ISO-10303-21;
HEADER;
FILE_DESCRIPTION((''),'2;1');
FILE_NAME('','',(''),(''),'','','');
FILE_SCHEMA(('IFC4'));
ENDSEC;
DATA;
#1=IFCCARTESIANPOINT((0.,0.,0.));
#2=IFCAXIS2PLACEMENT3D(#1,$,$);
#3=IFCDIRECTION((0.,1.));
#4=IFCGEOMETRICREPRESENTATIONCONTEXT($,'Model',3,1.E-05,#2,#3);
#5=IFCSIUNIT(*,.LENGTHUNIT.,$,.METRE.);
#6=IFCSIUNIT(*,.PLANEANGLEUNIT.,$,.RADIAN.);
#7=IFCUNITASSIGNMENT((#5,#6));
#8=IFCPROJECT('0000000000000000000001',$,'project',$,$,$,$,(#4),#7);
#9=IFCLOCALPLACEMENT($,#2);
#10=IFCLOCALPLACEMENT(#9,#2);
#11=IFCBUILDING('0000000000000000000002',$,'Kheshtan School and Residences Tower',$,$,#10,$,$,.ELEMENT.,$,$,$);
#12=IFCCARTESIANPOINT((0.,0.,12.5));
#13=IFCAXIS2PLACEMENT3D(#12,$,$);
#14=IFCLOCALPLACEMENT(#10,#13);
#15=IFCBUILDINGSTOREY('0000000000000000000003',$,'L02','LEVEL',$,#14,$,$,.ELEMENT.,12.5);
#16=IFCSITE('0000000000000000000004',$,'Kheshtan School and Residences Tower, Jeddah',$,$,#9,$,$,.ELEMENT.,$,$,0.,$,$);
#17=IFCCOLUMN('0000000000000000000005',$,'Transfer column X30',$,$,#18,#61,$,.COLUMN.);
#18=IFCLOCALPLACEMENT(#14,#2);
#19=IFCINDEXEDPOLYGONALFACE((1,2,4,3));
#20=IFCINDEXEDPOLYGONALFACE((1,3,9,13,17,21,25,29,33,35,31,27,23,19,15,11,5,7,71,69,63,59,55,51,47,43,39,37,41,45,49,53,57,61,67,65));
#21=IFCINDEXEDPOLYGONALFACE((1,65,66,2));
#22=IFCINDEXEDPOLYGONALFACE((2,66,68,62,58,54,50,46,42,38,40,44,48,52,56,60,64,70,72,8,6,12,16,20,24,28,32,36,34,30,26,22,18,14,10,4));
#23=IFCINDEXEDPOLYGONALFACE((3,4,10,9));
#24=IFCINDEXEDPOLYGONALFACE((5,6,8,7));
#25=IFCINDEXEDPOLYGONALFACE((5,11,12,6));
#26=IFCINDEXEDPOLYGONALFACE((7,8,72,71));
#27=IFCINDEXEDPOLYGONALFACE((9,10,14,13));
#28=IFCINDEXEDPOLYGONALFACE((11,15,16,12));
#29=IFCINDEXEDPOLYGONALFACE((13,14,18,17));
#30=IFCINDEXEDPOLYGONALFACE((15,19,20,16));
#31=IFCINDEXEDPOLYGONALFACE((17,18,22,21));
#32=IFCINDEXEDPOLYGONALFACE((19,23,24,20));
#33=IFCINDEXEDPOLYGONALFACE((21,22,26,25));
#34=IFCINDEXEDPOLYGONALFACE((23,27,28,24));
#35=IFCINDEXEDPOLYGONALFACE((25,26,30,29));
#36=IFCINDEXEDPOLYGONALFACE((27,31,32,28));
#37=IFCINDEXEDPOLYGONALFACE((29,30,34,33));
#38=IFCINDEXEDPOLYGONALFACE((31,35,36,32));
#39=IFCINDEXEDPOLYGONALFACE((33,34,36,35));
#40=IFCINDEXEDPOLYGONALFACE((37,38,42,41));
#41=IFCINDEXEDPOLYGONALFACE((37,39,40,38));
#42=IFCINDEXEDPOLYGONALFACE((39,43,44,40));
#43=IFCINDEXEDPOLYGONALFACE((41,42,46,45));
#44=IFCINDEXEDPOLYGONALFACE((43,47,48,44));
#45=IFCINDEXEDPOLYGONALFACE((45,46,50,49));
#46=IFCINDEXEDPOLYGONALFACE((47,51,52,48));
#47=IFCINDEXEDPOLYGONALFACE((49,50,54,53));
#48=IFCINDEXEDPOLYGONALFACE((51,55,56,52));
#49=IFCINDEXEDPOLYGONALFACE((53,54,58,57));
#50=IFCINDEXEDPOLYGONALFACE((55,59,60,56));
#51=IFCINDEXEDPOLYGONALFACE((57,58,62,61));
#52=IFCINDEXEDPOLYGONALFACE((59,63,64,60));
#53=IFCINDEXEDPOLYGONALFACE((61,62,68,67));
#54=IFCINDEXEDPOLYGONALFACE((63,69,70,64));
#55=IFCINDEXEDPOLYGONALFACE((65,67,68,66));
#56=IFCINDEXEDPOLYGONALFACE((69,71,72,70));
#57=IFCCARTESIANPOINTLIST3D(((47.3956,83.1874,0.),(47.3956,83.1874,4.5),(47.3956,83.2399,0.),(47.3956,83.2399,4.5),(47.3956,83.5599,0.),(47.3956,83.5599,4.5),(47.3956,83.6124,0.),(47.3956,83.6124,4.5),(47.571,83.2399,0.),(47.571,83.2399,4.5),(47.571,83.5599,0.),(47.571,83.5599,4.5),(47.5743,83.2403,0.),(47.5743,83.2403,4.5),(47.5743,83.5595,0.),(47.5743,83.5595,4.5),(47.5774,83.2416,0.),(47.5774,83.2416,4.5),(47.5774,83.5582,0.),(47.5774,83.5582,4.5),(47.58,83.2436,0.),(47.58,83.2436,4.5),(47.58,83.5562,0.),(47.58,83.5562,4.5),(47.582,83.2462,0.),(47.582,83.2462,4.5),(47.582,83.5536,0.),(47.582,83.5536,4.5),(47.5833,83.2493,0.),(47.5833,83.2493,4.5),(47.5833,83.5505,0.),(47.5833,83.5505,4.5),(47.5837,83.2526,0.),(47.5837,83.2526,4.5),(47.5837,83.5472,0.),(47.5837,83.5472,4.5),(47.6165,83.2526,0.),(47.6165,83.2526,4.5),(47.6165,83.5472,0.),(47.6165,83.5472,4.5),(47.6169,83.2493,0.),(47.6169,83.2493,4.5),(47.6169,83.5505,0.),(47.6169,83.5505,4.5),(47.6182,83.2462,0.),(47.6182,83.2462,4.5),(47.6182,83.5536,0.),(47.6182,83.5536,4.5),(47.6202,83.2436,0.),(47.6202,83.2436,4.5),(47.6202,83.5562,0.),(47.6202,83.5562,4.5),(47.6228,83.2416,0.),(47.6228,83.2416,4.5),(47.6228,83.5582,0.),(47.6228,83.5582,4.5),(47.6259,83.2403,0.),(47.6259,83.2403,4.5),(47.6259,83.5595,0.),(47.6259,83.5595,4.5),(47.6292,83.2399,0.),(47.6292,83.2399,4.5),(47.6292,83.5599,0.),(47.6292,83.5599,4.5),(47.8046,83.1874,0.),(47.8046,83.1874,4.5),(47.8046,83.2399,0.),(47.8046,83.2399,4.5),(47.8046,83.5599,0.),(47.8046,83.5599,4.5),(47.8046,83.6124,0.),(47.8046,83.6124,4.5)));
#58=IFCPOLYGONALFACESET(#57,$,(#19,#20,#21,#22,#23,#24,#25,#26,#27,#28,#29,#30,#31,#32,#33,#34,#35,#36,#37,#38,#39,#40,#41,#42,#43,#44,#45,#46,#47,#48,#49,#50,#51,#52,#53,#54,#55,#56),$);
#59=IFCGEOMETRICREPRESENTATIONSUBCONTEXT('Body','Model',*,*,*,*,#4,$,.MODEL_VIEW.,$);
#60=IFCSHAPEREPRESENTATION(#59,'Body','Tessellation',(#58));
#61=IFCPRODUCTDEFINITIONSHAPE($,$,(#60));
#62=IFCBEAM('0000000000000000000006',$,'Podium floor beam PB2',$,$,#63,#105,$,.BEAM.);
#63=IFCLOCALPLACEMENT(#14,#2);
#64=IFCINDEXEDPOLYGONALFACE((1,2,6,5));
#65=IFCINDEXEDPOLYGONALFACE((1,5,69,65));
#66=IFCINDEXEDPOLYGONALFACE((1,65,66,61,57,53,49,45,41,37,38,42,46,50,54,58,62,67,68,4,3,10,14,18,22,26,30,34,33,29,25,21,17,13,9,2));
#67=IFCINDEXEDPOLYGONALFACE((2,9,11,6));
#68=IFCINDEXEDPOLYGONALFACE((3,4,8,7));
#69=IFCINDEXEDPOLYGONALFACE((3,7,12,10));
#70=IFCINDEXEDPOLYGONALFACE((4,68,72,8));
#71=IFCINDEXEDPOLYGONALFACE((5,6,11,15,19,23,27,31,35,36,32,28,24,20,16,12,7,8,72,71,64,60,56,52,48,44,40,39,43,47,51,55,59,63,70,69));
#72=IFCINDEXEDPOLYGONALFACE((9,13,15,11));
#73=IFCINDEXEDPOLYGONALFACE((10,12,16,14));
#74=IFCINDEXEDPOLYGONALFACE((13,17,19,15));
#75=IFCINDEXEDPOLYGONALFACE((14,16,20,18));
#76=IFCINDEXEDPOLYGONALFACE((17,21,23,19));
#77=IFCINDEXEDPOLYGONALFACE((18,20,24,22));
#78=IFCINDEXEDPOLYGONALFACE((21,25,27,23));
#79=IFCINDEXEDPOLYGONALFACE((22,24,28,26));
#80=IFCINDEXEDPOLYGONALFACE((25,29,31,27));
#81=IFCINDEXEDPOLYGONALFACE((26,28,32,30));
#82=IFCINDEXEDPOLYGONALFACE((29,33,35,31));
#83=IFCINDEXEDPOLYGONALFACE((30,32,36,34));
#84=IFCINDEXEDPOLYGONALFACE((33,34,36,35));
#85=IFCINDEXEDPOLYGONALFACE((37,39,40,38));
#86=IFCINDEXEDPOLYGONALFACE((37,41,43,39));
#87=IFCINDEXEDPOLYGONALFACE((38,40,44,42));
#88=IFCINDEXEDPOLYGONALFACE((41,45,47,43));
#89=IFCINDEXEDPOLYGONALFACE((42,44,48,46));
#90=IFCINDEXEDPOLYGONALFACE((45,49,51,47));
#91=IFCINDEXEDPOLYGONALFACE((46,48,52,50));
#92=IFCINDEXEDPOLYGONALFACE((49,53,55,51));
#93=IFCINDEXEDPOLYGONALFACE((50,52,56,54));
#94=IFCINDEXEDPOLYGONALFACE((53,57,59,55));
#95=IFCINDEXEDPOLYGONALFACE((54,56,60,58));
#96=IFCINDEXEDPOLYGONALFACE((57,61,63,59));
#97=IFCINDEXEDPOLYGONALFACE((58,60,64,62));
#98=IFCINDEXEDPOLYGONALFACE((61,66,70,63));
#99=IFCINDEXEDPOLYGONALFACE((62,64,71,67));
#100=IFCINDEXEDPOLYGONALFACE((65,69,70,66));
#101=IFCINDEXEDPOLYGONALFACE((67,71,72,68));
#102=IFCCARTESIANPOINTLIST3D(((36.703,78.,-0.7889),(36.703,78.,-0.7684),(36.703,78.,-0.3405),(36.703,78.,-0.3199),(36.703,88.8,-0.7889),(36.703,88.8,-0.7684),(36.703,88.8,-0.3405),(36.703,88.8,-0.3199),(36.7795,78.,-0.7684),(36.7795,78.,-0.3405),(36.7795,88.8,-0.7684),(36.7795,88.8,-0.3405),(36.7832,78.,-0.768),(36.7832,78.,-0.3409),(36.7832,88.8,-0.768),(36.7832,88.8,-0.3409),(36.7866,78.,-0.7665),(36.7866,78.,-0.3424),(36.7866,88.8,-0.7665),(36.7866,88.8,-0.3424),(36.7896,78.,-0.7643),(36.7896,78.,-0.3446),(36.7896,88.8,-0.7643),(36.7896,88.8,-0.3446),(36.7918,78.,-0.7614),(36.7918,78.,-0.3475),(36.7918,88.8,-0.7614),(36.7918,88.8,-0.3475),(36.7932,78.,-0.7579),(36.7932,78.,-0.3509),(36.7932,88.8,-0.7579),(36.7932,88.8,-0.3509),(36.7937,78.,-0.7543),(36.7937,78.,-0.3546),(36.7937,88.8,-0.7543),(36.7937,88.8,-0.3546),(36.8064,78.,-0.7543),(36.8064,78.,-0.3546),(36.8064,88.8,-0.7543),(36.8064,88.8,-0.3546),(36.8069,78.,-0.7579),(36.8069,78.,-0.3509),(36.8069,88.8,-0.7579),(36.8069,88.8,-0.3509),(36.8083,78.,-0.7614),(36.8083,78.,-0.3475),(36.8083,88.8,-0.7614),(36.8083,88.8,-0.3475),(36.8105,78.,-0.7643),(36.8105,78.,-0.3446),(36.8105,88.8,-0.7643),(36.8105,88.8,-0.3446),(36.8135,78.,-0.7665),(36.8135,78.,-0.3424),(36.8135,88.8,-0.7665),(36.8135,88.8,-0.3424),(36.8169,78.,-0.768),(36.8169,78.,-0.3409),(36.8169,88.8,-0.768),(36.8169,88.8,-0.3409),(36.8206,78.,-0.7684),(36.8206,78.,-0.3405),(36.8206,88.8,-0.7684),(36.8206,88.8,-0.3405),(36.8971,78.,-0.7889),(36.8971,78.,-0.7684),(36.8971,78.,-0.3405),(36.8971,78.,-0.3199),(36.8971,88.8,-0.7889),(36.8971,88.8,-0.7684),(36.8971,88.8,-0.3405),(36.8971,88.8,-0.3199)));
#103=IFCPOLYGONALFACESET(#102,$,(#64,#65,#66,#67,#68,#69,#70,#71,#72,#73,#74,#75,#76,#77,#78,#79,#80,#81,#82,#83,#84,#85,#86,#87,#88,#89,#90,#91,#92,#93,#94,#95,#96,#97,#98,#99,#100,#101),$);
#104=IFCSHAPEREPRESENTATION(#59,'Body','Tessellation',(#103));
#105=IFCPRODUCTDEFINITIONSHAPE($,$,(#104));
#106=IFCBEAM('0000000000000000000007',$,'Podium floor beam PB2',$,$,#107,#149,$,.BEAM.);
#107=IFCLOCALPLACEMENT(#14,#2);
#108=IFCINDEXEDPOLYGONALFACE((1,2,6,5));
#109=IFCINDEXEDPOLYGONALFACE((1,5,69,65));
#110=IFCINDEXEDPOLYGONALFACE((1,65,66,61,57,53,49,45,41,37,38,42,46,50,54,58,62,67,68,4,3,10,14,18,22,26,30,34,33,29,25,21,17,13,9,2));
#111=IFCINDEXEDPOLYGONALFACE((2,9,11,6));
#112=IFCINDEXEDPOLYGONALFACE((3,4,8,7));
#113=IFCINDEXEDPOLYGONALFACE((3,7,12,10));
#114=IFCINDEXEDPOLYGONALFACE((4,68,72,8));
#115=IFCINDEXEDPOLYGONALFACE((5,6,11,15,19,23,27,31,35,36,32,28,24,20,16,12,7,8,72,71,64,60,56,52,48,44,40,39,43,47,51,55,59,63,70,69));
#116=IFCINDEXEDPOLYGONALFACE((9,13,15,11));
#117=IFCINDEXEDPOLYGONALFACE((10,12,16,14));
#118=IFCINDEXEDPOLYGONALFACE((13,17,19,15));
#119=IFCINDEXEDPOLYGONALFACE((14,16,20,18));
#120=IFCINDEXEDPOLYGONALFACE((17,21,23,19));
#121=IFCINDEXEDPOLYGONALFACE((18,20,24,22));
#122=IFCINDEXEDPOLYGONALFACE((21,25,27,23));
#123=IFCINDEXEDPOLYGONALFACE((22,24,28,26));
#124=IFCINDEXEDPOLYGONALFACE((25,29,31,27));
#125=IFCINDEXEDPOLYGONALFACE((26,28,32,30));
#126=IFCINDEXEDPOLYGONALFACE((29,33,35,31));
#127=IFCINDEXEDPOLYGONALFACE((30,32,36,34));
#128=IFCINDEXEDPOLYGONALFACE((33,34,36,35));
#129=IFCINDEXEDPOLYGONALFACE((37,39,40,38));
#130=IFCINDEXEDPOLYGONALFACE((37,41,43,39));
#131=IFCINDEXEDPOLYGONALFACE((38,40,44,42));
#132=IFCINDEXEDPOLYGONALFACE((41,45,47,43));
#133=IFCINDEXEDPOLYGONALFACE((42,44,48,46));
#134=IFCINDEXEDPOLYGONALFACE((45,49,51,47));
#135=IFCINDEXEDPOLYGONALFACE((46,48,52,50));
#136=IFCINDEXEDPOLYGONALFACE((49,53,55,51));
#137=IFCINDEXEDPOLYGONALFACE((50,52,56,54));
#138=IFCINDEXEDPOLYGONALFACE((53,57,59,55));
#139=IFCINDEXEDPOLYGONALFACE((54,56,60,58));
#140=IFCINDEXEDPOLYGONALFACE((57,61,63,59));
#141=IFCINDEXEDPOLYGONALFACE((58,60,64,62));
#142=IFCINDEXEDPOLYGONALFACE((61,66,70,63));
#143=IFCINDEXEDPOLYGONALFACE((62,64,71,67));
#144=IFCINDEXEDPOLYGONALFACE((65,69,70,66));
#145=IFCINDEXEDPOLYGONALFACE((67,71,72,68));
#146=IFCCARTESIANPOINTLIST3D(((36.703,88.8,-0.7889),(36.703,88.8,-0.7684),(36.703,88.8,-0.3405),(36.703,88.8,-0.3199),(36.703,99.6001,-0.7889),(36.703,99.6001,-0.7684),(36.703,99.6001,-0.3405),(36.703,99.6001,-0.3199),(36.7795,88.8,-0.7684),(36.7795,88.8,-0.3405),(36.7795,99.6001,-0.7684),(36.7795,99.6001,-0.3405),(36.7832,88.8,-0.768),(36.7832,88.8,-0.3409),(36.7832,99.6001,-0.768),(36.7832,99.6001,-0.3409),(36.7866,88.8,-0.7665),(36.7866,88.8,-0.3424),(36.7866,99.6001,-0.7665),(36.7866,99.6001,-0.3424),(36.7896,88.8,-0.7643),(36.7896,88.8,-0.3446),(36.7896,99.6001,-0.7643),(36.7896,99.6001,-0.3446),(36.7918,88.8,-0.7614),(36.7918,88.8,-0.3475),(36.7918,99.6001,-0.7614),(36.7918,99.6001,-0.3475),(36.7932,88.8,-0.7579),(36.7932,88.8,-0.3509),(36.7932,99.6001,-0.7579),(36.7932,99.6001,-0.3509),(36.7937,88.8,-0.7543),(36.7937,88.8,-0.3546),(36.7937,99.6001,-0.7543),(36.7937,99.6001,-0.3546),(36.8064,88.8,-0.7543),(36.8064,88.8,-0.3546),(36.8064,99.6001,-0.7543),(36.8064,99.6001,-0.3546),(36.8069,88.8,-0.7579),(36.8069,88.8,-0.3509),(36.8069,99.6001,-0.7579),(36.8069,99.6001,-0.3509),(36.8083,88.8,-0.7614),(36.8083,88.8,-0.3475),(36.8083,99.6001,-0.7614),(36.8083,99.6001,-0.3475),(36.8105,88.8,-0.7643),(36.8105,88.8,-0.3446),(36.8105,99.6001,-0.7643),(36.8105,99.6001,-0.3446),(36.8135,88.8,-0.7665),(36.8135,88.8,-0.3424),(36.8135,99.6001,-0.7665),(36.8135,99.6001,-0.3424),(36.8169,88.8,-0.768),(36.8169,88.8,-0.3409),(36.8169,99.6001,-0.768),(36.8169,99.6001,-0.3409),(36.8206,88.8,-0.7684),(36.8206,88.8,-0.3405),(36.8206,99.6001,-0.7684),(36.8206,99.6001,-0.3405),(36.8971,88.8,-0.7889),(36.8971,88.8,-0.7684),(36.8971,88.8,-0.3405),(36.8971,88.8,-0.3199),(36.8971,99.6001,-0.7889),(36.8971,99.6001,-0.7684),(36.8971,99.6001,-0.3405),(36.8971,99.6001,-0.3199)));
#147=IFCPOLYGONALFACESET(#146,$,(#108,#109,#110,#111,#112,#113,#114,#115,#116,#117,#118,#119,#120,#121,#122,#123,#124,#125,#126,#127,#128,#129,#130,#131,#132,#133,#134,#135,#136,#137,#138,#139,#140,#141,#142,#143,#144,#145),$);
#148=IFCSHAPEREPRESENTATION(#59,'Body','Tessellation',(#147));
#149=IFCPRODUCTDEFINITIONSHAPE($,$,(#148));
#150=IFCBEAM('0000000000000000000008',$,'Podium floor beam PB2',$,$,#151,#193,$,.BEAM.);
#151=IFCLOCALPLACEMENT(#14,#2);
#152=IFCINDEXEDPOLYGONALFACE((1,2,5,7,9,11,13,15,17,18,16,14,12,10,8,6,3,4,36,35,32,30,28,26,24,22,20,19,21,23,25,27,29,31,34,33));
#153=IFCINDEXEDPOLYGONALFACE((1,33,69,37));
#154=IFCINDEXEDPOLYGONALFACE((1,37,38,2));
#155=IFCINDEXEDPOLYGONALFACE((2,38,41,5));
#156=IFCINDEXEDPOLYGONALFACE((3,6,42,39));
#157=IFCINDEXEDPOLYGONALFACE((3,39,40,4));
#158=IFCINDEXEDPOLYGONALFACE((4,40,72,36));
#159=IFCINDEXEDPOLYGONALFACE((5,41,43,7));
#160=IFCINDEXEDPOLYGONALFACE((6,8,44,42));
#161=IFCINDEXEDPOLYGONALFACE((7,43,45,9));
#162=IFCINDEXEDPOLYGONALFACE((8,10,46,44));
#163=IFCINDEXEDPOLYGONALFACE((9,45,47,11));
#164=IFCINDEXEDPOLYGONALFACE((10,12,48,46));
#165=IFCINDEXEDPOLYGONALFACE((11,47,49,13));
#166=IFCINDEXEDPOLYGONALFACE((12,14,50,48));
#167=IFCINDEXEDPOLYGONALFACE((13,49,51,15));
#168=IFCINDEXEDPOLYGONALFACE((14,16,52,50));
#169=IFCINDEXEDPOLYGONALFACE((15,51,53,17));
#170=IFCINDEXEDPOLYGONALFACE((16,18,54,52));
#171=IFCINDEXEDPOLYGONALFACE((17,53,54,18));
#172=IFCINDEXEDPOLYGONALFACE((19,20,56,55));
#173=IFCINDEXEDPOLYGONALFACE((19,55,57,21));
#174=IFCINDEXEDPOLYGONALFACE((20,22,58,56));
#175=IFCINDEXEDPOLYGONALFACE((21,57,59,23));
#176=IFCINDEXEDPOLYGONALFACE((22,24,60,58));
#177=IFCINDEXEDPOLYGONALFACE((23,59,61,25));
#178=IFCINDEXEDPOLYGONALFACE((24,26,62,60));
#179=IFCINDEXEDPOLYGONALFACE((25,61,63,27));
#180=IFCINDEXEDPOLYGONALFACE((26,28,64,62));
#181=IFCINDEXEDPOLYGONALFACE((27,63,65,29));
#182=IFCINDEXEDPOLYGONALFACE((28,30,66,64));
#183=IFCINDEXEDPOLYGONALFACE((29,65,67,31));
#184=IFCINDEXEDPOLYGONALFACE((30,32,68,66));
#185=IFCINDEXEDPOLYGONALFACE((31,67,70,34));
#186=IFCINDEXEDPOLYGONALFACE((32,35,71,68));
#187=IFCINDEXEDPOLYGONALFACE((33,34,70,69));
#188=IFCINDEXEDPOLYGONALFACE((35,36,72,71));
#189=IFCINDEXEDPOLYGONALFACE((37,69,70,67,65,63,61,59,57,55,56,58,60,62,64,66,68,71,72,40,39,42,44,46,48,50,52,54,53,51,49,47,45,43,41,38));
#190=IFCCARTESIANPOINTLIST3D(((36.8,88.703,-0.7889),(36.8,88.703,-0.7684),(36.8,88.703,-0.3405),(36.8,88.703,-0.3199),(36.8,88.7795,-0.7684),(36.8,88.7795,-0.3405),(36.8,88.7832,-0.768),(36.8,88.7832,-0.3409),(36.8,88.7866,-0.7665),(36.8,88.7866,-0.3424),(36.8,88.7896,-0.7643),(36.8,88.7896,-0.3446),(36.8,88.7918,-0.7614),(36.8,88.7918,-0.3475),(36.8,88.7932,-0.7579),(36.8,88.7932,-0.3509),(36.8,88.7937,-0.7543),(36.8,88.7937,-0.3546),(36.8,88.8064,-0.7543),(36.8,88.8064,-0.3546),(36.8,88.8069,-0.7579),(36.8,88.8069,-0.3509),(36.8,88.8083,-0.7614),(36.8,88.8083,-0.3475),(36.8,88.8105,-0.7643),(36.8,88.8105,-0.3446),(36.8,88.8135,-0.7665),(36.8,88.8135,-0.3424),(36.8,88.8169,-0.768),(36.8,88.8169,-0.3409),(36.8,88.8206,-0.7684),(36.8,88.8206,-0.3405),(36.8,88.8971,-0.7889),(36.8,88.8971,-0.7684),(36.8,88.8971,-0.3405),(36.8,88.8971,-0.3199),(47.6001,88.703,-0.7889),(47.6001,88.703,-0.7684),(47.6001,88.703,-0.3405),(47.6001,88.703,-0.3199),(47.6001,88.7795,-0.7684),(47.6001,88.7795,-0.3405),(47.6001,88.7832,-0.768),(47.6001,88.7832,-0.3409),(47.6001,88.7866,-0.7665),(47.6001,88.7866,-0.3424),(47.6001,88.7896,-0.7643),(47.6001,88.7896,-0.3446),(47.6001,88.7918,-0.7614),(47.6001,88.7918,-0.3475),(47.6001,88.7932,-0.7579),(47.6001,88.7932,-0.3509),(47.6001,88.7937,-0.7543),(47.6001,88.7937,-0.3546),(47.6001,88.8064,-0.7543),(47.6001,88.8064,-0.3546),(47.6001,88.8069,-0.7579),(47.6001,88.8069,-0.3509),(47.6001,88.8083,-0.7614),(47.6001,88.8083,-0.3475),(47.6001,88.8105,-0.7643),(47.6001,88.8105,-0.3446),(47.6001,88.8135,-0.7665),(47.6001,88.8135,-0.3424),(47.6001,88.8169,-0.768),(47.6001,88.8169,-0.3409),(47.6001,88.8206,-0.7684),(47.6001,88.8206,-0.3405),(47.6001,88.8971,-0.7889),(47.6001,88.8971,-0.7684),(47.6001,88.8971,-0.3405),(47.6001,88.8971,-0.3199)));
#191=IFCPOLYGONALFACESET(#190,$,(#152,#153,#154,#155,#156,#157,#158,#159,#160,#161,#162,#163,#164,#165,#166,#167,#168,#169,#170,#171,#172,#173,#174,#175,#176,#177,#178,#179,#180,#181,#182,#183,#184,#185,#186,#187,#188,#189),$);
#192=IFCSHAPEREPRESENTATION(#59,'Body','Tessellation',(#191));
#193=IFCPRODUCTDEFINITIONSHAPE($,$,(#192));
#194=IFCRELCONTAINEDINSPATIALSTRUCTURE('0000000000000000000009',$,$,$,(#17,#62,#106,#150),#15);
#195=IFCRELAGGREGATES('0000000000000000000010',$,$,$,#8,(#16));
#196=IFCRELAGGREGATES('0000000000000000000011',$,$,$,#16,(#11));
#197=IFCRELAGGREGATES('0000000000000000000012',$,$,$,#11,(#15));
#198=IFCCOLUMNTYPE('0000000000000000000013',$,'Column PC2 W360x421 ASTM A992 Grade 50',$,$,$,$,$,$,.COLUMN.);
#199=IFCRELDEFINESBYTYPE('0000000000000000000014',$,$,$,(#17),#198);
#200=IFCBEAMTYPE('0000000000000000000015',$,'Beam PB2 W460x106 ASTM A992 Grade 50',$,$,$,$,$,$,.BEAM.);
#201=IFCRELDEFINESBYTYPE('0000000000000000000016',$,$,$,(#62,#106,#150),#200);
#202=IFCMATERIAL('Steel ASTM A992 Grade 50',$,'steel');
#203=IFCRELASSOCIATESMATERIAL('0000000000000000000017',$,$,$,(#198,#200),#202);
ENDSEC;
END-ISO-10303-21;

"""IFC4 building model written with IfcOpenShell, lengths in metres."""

from ifc_helpers import new_model, si_unit, direction, frame, origin, origin_2d, place, context, subcontext, project, spatial, i_section, extrude, material, material_profile, profile_set, type_object, element, save


model = new_model("IFC4")

# Units and contexts
model_context = context("Model", 3, precision=1e-05, world=origin(), true_north=direction((0.0, 1.0)))
body_context = subcontext(model_context, "Body", "Model", "MODEL_VIEW")
ifc_project = project(units=[si_unit("LENGTHUNIT", "METRE"), si_unit("PLANEANGLEUNIT", "RADIAN")], contexts=[model_context])

# Site, building, storey
site_placement = place(None, origin())
site = spatial("IfcSite", under=ifc_project, at=site_placement, Name="Kheshtan School and Residences Tower, Jeddah", CompositionType="ELEMENT", RefElevation=0.0)
building_placement = place(site_placement, origin())
building = spatial("IfcBuilding", under=site, at=building_placement, Name="Kheshtan School and Residences Tower", CompositionType="ELEMENT")
storey_placement = place(building_placement, frame((0.0, 0.0, 12.5)))
storey = spatial("IfcBuildingStorey", under=building, at=storey_placement, Name="L02", Description="LEVEL", CompositionType="ELEMENT", Elevation=12.5)

# Column
ifc_material_1 = material(Name="Steel ASTM A992 Grade 50", Category="steel")
ifc_material_profile_1 = material_profile(ifc_material_1, i_section(OverallWidth=0.4089, OverallDepth=0.425, WebThickness=0.0327, FlangeThickness=0.0525, FilletRadius=0.0127, at=origin_2d()), Name="W360x421")
ifc_profile_set_1 = profile_set([ifc_material_profile_1], Name="Steel ASTM A992 Grade 50")
column_type = type_object("IfcColumnType", Name="Column PC2 W360x421 ASTM A992 Grade 50", PredefinedType="COLUMN", material=ifc_profile_set_1)
for number, where, z_axis, x_axis, name in (
    (1, (47.6001, 83.3999, 0.0), (0.0, 0.0, 1.0), (1.0, 0.0, 0.0), "Transfer column X30"),
):
    element("IfcColumn", number, at=place(storey_placement, frame(where, z_axis=z_axis, x_axis=x_axis)), inside=storey, type_object=column_type, Name=name, PredefinedType="COLUMN", context=body_context, shape_type="SweptSolid", body=[
        extrude(i_section(OverallWidth=0.4089, OverallDepth=0.425, WebThickness=0.0327, FlangeThickness=0.0525, FilletRadius=0.0127, at=origin_2d()), origin(), (0.0, 0.0, 1.0), 4.5),
    ])

# Beams
ifc_material_profile_2 = material_profile(ifc_material_1, i_section(OverallWidth=0.1941, OverallDepth=0.469, WebThickness=0.0127, FlangeThickness=0.0205, FilletRadius=0.0142, at=origin_2d()), Name="W460x106")
ifc_profile_set_2 = profile_set([ifc_material_profile_2], Name="Steel ASTM A992 Grade 50")
beam_type = type_object("IfcBeamType", Name="Beam PB2 W460x106 ASTM A992 Grade 50", PredefinedType="BEAM", material=ifc_profile_set_2)
for number, where, z_axis, x_axis, name in (
    (2, (36.8, 78.0, -0.5544), (0.0, 1.0, 0.0), (-1.0, 0.0, 0.0), "Podium floor beam PB2"),
    (3, (36.8, 88.8, -0.5544), (0.0, 1.0, 0.0), (-1.0, 0.0, 0.0), "Podium floor beam PB2"),
    (4, (36.8, 88.8, -0.5544), (1.0, 0.0, 0.0), (0.0, 1.0, 0.0), "Podium floor beam PB2"),
):
    element("IfcBeam", number, at=place(storey_placement, frame(where, z_axis=z_axis, x_axis=x_axis)), inside=storey, type_object=beam_type, Name=name, PredefinedType="BEAM", context=body_context, shape_type="SweptSolid", body=[
        extrude(i_section(OverallWidth=0.1941, OverallDepth=0.469, WebThickness=0.0127, FlangeThickness=0.0205, FilletRadius=0.0142, at=origin_2d()), origin(), (0.0, 0.0, 1.0), 10.8),
    ])

save(model, "model.ifc")
